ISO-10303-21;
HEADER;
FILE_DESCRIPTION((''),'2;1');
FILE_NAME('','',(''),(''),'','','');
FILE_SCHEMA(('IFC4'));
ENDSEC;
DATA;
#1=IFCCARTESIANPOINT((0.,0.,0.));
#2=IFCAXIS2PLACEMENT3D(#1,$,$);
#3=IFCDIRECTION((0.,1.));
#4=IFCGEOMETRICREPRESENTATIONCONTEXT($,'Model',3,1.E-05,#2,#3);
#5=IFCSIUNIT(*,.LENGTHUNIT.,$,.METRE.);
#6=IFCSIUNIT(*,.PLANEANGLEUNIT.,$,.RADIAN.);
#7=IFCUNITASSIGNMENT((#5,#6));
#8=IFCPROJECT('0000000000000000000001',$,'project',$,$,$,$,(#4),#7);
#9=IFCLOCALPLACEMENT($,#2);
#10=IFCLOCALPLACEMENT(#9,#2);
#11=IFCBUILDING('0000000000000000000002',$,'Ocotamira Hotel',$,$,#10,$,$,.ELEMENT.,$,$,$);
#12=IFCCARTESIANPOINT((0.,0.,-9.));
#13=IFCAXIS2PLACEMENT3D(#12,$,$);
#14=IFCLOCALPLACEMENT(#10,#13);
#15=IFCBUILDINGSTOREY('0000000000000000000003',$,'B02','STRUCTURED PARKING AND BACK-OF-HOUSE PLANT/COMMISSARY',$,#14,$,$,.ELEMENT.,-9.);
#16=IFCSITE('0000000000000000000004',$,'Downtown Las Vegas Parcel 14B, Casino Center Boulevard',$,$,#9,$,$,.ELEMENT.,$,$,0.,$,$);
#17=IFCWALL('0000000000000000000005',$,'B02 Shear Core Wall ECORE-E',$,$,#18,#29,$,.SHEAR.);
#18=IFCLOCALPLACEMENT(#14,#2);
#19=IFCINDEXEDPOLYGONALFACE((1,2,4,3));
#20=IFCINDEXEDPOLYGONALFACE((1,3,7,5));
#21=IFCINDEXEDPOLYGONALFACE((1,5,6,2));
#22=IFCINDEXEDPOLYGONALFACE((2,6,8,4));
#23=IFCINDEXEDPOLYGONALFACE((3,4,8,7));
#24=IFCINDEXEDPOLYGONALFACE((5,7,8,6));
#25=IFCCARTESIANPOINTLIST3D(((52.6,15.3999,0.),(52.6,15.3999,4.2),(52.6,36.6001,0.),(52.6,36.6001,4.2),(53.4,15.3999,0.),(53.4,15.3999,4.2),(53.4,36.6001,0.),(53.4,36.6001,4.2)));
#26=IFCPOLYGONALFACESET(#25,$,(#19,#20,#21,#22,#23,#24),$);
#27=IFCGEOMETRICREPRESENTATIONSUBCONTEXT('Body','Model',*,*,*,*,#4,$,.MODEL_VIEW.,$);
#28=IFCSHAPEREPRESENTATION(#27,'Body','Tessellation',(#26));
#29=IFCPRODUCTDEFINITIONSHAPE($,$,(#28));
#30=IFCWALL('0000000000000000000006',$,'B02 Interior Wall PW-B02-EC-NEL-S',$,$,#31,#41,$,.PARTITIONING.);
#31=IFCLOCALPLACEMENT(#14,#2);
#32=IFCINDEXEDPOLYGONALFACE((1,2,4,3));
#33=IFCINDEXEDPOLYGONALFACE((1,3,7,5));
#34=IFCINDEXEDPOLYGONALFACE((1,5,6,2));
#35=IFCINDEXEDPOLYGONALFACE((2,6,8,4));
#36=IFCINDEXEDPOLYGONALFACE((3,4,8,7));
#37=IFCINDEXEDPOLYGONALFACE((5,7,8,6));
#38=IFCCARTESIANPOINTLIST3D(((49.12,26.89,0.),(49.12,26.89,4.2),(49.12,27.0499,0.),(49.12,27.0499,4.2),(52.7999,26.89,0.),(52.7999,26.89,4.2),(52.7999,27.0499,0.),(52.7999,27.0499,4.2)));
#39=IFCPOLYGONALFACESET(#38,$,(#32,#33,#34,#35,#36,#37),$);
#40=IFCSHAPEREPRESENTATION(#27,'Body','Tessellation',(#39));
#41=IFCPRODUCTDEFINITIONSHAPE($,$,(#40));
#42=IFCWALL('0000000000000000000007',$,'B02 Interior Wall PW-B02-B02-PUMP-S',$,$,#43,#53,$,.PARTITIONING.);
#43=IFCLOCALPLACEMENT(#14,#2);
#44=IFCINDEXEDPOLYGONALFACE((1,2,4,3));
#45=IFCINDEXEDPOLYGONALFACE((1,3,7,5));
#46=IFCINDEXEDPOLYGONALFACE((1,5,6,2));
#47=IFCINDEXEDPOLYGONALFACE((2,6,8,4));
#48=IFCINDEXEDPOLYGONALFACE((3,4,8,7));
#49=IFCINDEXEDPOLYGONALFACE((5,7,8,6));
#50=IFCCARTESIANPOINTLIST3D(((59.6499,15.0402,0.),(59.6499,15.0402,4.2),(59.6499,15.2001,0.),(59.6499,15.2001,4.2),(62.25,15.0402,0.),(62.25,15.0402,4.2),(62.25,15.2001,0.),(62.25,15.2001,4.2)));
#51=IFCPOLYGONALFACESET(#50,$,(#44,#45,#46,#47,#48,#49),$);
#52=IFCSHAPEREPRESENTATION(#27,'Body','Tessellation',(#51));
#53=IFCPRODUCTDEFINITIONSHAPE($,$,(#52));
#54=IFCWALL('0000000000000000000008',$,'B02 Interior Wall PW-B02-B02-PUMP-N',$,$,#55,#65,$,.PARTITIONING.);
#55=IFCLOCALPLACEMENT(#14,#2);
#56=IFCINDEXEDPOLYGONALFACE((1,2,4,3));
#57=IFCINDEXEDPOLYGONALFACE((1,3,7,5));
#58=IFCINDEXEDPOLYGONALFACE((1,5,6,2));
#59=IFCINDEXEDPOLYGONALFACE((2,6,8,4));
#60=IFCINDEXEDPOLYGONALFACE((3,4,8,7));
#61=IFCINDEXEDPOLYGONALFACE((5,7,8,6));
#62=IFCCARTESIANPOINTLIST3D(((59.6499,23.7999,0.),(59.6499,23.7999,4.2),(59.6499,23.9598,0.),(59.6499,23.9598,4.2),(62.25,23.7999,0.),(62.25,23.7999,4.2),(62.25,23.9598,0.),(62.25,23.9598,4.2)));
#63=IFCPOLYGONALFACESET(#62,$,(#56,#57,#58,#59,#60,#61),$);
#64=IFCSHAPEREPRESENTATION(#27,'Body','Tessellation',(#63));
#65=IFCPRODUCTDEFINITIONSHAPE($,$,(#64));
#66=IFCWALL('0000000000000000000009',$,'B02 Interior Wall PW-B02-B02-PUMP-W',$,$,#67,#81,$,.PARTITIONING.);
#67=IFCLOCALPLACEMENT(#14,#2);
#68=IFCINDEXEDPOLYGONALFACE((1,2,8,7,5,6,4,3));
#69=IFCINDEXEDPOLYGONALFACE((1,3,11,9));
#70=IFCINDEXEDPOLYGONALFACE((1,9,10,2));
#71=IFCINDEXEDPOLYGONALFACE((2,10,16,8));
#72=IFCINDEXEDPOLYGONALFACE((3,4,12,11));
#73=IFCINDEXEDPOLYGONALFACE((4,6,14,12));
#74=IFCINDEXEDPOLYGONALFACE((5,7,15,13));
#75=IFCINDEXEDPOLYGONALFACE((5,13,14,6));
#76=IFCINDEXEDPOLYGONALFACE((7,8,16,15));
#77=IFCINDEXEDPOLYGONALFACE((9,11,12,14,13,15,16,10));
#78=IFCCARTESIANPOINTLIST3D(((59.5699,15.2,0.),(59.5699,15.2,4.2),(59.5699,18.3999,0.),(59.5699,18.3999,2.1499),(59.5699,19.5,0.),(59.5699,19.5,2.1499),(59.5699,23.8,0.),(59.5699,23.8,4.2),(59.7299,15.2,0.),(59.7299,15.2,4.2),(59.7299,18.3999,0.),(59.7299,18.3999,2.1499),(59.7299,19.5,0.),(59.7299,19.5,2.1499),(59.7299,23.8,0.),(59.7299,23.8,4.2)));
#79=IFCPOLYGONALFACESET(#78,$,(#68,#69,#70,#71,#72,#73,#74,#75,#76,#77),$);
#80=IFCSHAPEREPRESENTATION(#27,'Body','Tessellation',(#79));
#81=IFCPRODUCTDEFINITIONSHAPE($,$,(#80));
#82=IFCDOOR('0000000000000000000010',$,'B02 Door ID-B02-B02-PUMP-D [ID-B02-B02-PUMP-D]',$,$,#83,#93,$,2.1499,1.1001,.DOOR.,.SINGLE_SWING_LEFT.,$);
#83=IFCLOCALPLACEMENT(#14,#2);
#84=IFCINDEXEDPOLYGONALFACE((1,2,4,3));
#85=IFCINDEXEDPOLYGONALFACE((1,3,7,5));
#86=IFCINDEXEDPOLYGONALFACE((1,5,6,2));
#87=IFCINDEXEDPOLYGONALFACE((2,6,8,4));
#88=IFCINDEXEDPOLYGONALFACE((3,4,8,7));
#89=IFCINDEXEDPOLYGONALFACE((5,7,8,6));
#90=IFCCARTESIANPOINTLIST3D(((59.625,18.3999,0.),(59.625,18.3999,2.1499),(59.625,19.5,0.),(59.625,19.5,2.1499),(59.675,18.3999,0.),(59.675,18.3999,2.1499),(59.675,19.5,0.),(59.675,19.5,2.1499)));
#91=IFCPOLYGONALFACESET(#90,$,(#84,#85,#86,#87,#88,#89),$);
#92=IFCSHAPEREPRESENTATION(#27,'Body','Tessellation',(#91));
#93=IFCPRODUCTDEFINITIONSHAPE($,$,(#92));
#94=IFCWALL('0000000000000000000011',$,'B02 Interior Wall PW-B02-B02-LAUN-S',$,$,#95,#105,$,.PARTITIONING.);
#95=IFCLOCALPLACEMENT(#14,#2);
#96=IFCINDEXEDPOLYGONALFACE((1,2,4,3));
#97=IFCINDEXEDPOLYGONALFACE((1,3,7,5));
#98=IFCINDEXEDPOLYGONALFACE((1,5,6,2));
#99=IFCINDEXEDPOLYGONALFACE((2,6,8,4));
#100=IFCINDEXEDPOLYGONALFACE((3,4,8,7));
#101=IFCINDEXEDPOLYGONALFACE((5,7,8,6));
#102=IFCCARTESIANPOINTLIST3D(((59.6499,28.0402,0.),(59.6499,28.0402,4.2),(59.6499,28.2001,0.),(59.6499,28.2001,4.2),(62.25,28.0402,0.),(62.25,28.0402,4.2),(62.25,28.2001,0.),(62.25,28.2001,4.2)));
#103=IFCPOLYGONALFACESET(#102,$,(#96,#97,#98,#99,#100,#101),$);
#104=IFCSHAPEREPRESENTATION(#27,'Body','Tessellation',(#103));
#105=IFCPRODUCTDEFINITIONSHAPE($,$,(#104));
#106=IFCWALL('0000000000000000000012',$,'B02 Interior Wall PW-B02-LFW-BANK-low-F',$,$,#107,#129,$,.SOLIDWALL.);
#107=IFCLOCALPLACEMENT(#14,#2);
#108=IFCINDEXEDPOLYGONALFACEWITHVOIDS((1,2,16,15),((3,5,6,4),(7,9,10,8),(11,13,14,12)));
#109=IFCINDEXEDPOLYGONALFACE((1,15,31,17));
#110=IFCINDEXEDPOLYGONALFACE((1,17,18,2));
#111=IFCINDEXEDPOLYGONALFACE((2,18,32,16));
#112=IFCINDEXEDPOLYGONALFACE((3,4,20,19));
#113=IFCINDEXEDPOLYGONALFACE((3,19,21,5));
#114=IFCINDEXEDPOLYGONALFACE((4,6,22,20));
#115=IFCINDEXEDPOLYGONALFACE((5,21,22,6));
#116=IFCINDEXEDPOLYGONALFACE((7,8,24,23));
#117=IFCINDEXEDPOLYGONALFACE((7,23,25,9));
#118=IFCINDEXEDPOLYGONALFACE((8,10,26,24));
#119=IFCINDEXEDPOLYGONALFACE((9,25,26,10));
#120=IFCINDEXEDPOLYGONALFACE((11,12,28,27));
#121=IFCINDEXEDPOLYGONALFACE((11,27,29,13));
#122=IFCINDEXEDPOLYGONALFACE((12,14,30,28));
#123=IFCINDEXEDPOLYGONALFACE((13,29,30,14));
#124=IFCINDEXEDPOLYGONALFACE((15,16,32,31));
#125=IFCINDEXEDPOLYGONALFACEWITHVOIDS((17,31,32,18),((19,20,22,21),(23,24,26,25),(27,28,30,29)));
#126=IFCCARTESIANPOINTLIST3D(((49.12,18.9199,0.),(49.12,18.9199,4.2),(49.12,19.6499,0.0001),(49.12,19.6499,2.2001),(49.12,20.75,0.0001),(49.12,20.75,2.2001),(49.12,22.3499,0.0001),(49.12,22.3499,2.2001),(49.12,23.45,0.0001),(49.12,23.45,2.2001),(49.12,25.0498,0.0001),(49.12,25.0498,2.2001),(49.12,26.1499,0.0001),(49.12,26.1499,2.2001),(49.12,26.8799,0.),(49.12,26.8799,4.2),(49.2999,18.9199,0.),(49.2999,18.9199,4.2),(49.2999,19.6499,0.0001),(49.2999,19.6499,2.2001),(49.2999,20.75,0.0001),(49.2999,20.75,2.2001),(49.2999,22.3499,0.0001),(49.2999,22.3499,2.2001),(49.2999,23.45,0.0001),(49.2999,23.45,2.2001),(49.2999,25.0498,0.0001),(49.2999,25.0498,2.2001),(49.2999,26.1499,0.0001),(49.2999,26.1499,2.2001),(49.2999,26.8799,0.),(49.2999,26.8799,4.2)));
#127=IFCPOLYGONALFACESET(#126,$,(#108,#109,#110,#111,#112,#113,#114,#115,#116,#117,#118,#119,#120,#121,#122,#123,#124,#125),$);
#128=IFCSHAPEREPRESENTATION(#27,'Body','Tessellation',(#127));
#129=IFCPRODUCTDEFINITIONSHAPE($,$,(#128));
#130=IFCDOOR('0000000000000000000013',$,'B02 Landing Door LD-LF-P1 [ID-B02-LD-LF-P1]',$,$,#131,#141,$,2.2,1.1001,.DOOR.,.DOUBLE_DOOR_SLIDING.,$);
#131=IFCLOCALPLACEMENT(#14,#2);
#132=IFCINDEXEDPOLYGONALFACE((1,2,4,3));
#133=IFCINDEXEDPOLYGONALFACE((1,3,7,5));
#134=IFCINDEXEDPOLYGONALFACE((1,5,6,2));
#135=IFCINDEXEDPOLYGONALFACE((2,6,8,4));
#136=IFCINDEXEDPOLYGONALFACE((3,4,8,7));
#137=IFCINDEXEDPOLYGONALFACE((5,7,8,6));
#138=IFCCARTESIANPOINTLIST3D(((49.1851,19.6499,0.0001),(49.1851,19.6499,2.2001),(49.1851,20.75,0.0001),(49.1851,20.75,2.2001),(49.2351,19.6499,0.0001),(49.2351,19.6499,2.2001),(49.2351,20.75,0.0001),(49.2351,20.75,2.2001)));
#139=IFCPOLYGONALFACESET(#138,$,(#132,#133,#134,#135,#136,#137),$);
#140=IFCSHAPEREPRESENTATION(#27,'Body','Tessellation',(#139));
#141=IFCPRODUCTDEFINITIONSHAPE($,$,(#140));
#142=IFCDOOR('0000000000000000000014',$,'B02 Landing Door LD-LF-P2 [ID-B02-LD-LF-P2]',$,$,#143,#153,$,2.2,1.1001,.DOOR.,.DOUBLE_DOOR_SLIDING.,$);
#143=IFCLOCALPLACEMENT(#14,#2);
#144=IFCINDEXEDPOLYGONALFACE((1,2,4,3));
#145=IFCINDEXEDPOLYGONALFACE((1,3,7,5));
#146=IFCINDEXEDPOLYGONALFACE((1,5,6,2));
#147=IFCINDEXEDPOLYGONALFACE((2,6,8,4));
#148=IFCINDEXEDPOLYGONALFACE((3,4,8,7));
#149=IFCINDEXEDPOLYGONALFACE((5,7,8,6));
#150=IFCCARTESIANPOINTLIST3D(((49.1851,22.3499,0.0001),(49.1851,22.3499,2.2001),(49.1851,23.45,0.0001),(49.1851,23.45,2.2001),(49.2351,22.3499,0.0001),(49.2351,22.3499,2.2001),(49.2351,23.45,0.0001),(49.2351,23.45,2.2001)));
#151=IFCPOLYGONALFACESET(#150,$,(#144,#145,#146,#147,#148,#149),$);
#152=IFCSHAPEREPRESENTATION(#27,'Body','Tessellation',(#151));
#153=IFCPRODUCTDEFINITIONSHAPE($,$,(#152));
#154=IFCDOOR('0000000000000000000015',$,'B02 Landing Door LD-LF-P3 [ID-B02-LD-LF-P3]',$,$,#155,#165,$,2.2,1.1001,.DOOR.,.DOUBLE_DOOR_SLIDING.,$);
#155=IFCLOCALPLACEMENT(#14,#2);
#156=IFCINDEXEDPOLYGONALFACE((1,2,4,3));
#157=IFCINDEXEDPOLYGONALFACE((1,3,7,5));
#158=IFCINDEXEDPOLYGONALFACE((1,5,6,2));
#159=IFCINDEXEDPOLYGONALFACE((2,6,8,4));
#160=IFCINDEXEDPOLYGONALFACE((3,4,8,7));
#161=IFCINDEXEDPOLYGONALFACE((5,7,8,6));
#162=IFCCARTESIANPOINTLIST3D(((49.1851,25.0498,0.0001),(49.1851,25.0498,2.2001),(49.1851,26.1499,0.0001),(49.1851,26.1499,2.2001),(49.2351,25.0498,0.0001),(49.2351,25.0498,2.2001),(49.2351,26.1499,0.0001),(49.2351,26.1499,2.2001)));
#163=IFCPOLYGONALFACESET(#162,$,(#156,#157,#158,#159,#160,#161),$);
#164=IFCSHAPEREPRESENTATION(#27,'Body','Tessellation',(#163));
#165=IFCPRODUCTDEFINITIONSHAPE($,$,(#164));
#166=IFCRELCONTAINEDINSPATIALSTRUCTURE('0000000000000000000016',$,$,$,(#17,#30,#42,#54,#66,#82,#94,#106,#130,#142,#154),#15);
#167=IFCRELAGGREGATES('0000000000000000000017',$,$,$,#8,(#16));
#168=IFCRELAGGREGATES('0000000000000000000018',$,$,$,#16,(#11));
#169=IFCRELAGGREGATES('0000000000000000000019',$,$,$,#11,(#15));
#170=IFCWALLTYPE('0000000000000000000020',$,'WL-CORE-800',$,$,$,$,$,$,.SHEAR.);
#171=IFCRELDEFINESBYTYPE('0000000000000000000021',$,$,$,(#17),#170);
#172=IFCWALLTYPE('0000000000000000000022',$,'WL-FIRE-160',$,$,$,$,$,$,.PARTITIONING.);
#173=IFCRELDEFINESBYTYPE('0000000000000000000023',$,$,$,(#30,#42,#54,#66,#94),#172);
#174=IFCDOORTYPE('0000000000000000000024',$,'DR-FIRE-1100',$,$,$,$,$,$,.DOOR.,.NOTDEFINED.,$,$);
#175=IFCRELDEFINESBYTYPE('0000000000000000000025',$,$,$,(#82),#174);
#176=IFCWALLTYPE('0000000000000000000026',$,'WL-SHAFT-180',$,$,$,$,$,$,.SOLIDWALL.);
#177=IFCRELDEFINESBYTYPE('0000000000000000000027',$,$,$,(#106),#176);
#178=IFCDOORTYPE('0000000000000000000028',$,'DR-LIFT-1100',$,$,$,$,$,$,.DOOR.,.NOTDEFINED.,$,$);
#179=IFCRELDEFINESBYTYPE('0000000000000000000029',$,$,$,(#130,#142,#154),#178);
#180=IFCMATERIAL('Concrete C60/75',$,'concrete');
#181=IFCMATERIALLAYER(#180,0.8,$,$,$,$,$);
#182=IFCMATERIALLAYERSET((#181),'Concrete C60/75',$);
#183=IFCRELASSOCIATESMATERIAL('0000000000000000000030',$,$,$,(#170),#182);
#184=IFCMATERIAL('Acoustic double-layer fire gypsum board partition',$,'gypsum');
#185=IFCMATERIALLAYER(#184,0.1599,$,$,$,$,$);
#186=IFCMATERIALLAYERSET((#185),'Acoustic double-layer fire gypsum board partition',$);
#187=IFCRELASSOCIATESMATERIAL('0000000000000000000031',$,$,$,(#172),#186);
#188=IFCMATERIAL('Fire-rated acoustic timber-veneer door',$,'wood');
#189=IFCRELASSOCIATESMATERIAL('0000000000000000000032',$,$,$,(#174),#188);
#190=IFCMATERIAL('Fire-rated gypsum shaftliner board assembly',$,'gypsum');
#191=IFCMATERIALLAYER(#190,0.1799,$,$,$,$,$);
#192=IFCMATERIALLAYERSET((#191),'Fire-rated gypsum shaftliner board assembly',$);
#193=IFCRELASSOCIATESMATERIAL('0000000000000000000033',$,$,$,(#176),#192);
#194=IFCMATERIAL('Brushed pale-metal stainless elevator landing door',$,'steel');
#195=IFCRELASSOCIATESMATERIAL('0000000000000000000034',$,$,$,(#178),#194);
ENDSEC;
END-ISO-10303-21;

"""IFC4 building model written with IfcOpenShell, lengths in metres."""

from ifc_helpers import new_model, si_unit, direction, frame, frame_2d, origin, place, context, subcontext, project, spatial, rectangle, extrude, source, transform, mapped, material, layer, layer_set, type_object, element, fill, save


model = new_model("IFC4")

# Units and contexts
model_context = context("Model", 3, precision=1e-05, world=origin(), true_north=direction((0.0, 1.0)))
body_context = subcontext(model_context, "Body", "Model", "MODEL_VIEW")
ifc_project = project(units=[si_unit("LENGTHUNIT", "METRE"), si_unit("PLANEANGLEUNIT", "RADIAN")], contexts=[model_context])

# Site, building, storey
site_placement = place(None, origin())
site = spatial("IfcSite", under=ifc_project, at=site_placement, Name="Downtown Las Vegas Parcel 14B, Casino Center Boulevard", CompositionType="ELEMENT", RefElevation=0.0)
building_placement = place(site_placement, origin())
building = spatial("IfcBuilding", under=site, at=building_placement, Name="Ocotamira Hotel", CompositionType="ELEMENT")
storey_placement = place(building_placement, frame((0.0, 0.0, -9.0)))
storey = spatial("IfcBuildingStorey", under=building, at=storey_placement, Name="B02", Description="STRUCTURED PARKING AND BACK-OF-HOUSE PLANT/COMMISSARY", CompositionType="ELEMENT", Elevation=-9.0)

# Shared definitions
ifc_material_1 = material(Name="Concrete C60/75", Category="concrete")

# Walls
ifc_layer_1 = layer(ifc_material_1, 0.8)
ifc_layer_set_1 = layer_set([ifc_layer_1], Name="Concrete C60/75")
wall_type_1 = type_object("IfcWallType", Name="WL-CORE-800", PredefinedType="SHEAR", material=ifc_layer_set_1)
wall_1_placement = place(storey_placement, frame((53.0, 15.3999, 0.0), z_axis=(0.0, 0.0, 1.0), x_axis=(0.0, 1.0, 0.0)))
element("IfcWall", 1, at=wall_1_placement, inside=storey, type_object=wall_type_1, Name="B02 Shear Core Wall ECORE-E", PredefinedType="SHEAR", context=body_context, shape_type="SweptSolid", body=[
    extrude(rectangle(XDim=21.2002, YDim=0.8, at=frame_2d((10.6001, 0.0))), origin(), (0.0, 0.0, 1.0), 4.2),
])
ifc_material_2 = material(Name="Acoustic double-layer fire gypsum board partition", Category="gypsum")
ifc_layer_2 = layer(ifc_material_2, 0.1599)
ifc_layer_set_2 = layer_set([ifc_layer_2], Name="Acoustic double-layer fire gypsum board partition")
wall_type_2 = type_object("IfcWallType", Name="WL-FIRE-160", PredefinedType="PARTITIONING", material=ifc_layer_set_2)
wall_2_placement = place(storey_placement, frame((49.1201, 26.97, 0.0), z_axis=(0.0, 0.0, 1.0), x_axis=(1.0, 0.0, 0.0)))
element("IfcWall", 2, at=wall_2_placement, inside=storey, type_object=wall_type_2, Name="B02 Interior Wall PW-B02-EC-NEL-S", PredefinedType="PARTITIONING", context=body_context, shape_type="SweptSolid", body=[
    extrude(rectangle(XDim=3.6799, YDim=0.1599, at=frame_2d((1.8398, 0.0))), origin(), (0.0, 0.0, 1.0), 4.2),
])

# Walls
for number, where, z_axis, x_axis, name in (
    (3, (59.6499, 15.1201, 0.0), (0.0, 0.0, 1.0), (1.0, 0.0, 0.0), "B02 Interior Wall PW-B02-B02-PUMP-S"),
    (4, (59.6499, 23.8799, 0.0), (0.0, 0.0, 1.0), (1.0, 0.0, 0.0), "B02 Interior Wall PW-B02-B02-PUMP-N"),
):
    element("IfcWall", number, at=place(storey_placement, frame(where, z_axis=z_axis, x_axis=x_axis)), inside=storey, type_object=wall_type_2, Name=name, PredefinedType="PARTITIONING", context=body_context, shape_type="SweptSolid", body=[
        extrude(rectangle(XDim=2.6001, YDim=0.1599, at=frame_2d((1.3, 0.0))), origin(), (0.0, 0.0, 1.0), 4.2),
    ])

# Wall, opening, door
wall_3_placement = place(storey_placement, frame((59.6499, 15.2, 0.0), z_axis=(0.0, 0.0, 1.0), x_axis=(0.0, 1.0, 0.0)))
wall_3 = element("IfcWall", 5, at=wall_3_placement, inside=storey, type_object=wall_type_2, Name="B02 Interior Wall PW-B02-B02-PUMP-W", PredefinedType="PARTITIONING", context=body_context, shape_type="SweptSolid", body=[
    extrude(rectangle(XDim=8.6001, YDim=0.1599, at=frame_2d((4.3, 0.0))), origin(), (0.0, 0.0, 1.0), 4.2),
])
opening_1_placement = place(wall_3_placement, frame((3.2, 0.0, 0.0)))
opening_1 = element("IfcOpeningElement", 6, at=opening_1_placement, cuts=wall_3, PredefinedType="OPENING", context=body_context, shape_type="SweptSolid", body=[
    extrude(rectangle(XDim=1.1001, YDim=2.1499, at=frame_2d((0.55, 1.075))), frame((0.0, 0.0898, 0.0), z_axis=(0.0, -1.0, 0.0), x_axis=(1.0, 0.0, 0.0)), (0.0, 0.0, 1.0), 0.1799),
])
ifc_material_3 = material(Name="Fire-rated acoustic timber-veneer door", Category="wood")
door_type_1 = type_object("IfcDoorType", Name="DR-FIRE-1100", OperationType="NOTDEFINED", PredefinedType="DOOR", material=ifc_material_3)
shared_shape_1 = source(origin(), body_context, "Body", "SweptSolid", [
    extrude(rectangle(XDim=1.1001, YDim=2.1499, at=frame_2d((0.55, 1.075))), frame((0.0, 0.0249, 0.0), z_axis=(0.0, -1.0, 0.0), x_axis=(1.0, 0.0, 0.0)), (0.0, 0.0, 1.0), 0.05),
])
door_1_placement = place(opening_1_placement, origin())
door_1 = element("IfcDoor", 7, at=door_1_placement, inside=storey, type_object=door_type_1, Name="B02 Door ID-B02-B02-PUMP-D [ID-B02-B02-PUMP-D]", OperationType="SINGLE_SWING_LEFT", OverallHeight=2.1499, OverallWidth=1.1001, PredefinedType="DOOR", context=body_context, shape_type="MappedRepresentation", body=[
    mapped(shared_shape_1, transform((0.0, 0.0, 0.0), scale=1.0)),
])
fill(opening_1, door_1)

# Wall
wall_4_placement = place(storey_placement, frame((59.6499, 28.1201, 0.0), z_axis=(0.0, 0.0, 1.0), x_axis=(1.0, 0.0, 0.0)))
element("IfcWall", 8, at=wall_4_placement, inside=storey, type_object=wall_type_2, Name="B02 Interior Wall PW-B02-B02-LAUN-S", PredefinedType="PARTITIONING", context=body_context, shape_type="SweptSolid", body=[
    extrude(rectangle(XDim=2.6001, YDim=0.1599, at=frame_2d((1.3, 0.0))), origin(), (0.0, 0.0, 1.0), 4.2),
])

# Wall, openings, doors
ifc_material_4 = material(Name="Fire-rated gypsum shaftliner board assembly", Category="gypsum")
ifc_layer_3 = layer(ifc_material_4, 0.1799)
ifc_layer_set_3 = layer_set([ifc_layer_3], Name="Fire-rated gypsum shaftliner board assembly")
wall_type_3 = type_object("IfcWallType", Name="WL-SHAFT-180", PredefinedType="SOLIDWALL", material=ifc_layer_set_3)
wall_5_placement = place(storey_placement, frame((49.21, 18.9199, 0.0), z_axis=(0.0, 0.0, 1.0), x_axis=(0.0, 1.0, 0.0)))
wall_5 = element("IfcWall", 9, at=wall_5_placement, inside=storey, type_object=wall_type_3, Name="B02 Interior Wall PW-B02-LFW-BANK-low-F", PredefinedType="SOLIDWALL", context=body_context, shape_type="SweptSolid", body=[
    extrude(rectangle(XDim=7.96, YDim=0.1799, at=frame_2d((3.98, 0.0))), origin(), (0.0, 0.0, 1.0), 4.2),
])
opening_2_placement = place(wall_5_placement, frame((0.73, 0.0, 0.0)))
opening_2 = element("IfcOpeningElement", 10, at=opening_2_placement, cuts=wall_5, PredefinedType="OPENING", context=body_context, shape_type="SweptSolid", body=[
    extrude(rectangle(XDim=1.1001, YDim=2.2, at=frame_2d((0.55, 1.1001))), frame((0.0, 0.1001, 0.0), z_axis=(0.0, -1.0, 0.0), x_axis=(1.0, 0.0, 0.0)), (0.0, 0.0, 1.0), 0.2),
])
opening_3_placement = place(wall_5_placement, frame((3.4299, 0.0, 0.0)))
opening_3 = element("IfcOpeningElement", 11, at=opening_3_placement, cuts=wall_5, PredefinedType="OPENING", context=body_context, shape_type="SweptSolid", body=[
    extrude(rectangle(XDim=1.1001, YDim=2.2, at=frame_2d((0.55, 1.1001))), frame((0.0, 0.1001, 0.0), z_axis=(0.0, -1.0, 0.0), x_axis=(1.0, 0.0, 0.0)), (0.0, 0.0, 1.0), 0.2),
])
opening_4_placement = place(wall_5_placement, frame((6.1299, 0.0, 0.0)))
opening_4 = element("IfcOpeningElement", 12, at=opening_4_placement, cuts=wall_5, PredefinedType="OPENING", context=body_context, shape_type="SweptSolid", body=[
    extrude(rectangle(XDim=1.1001, YDim=2.2, at=frame_2d((0.55, 1.1001))), frame((0.0, 0.1001, 0.0), z_axis=(0.0, -1.0, 0.0), x_axis=(1.0, 0.0, 0.0)), (0.0, 0.0, 1.0), 0.2),
])
ifc_material_5 = material(Name="Brushed pale-metal stainless elevator landing door", Category="steel")
door_type_2 = type_object("IfcDoorType", Name="DR-LIFT-1100", OperationType="NOTDEFINED", PredefinedType="DOOR", material=ifc_material_5)
shared_shape_2 = source(origin(), body_context, "Body", "SweptSolid", [
    extrude(rectangle(XDim=1.1001, YDim=2.2, at=frame_2d((0.55, 1.1001))), frame((0.0, 0.0249, 0.0), z_axis=(0.0, -1.0, 0.0), x_axis=(1.0, 0.0, 0.0)), (0.0, 0.0, 1.0), 0.05),
])
door_2_placement = place(opening_2_placement, origin())
door_2 = element("IfcDoor", 13, at=door_2_placement, inside=storey, type_object=door_type_2, Name="B02 Landing Door LD-LF-P1 [ID-B02-LD-LF-P1]", OperationType="DOUBLE_DOOR_SLIDING", OverallHeight=2.2, OverallWidth=1.1001, PredefinedType="DOOR", context=body_context, shape_type="MappedRepresentation", body=[
    mapped(shared_shape_2, transform((0.0, 0.0, 0.0), scale=1.0)),
])
fill(opening_2, door_2)
door_3_placement = place(opening_3_placement, origin())
door_3 = element("IfcDoor", 14, at=door_3_placement, inside=storey, type_object=door_type_2, Name="B02 Landing Door LD-LF-P2 [ID-B02-LD-LF-P2]", OperationType="DOUBLE_DOOR_SLIDING", OverallHeight=2.2, OverallWidth=1.1001, PredefinedType="DOOR", context=body_context, shape_type="MappedRepresentation", body=[
    mapped(shared_shape_2, transform((0.0, 0.0, 0.0), scale=1.0)),
])
fill(opening_3, door_3)
door_4_placement = place(opening_4_placement, origin())
door_4 = element("IfcDoor", 15, at=door_4_placement, inside=storey, type_object=door_type_2, Name="B02 Landing Door LD-LF-P3 [ID-B02-LD-LF-P3]", OperationType="DOUBLE_DOOR_SLIDING", OverallHeight=2.2, OverallWidth=1.1001, PredefinedType="DOOR", context=body_context, shape_type="MappedRepresentation", body=[
    mapped(shared_shape_2, transform((0.0, 0.0, 0.0), scale=1.0)),
])
fill(opening_4, door_4)

save(model, "model.ifc")
